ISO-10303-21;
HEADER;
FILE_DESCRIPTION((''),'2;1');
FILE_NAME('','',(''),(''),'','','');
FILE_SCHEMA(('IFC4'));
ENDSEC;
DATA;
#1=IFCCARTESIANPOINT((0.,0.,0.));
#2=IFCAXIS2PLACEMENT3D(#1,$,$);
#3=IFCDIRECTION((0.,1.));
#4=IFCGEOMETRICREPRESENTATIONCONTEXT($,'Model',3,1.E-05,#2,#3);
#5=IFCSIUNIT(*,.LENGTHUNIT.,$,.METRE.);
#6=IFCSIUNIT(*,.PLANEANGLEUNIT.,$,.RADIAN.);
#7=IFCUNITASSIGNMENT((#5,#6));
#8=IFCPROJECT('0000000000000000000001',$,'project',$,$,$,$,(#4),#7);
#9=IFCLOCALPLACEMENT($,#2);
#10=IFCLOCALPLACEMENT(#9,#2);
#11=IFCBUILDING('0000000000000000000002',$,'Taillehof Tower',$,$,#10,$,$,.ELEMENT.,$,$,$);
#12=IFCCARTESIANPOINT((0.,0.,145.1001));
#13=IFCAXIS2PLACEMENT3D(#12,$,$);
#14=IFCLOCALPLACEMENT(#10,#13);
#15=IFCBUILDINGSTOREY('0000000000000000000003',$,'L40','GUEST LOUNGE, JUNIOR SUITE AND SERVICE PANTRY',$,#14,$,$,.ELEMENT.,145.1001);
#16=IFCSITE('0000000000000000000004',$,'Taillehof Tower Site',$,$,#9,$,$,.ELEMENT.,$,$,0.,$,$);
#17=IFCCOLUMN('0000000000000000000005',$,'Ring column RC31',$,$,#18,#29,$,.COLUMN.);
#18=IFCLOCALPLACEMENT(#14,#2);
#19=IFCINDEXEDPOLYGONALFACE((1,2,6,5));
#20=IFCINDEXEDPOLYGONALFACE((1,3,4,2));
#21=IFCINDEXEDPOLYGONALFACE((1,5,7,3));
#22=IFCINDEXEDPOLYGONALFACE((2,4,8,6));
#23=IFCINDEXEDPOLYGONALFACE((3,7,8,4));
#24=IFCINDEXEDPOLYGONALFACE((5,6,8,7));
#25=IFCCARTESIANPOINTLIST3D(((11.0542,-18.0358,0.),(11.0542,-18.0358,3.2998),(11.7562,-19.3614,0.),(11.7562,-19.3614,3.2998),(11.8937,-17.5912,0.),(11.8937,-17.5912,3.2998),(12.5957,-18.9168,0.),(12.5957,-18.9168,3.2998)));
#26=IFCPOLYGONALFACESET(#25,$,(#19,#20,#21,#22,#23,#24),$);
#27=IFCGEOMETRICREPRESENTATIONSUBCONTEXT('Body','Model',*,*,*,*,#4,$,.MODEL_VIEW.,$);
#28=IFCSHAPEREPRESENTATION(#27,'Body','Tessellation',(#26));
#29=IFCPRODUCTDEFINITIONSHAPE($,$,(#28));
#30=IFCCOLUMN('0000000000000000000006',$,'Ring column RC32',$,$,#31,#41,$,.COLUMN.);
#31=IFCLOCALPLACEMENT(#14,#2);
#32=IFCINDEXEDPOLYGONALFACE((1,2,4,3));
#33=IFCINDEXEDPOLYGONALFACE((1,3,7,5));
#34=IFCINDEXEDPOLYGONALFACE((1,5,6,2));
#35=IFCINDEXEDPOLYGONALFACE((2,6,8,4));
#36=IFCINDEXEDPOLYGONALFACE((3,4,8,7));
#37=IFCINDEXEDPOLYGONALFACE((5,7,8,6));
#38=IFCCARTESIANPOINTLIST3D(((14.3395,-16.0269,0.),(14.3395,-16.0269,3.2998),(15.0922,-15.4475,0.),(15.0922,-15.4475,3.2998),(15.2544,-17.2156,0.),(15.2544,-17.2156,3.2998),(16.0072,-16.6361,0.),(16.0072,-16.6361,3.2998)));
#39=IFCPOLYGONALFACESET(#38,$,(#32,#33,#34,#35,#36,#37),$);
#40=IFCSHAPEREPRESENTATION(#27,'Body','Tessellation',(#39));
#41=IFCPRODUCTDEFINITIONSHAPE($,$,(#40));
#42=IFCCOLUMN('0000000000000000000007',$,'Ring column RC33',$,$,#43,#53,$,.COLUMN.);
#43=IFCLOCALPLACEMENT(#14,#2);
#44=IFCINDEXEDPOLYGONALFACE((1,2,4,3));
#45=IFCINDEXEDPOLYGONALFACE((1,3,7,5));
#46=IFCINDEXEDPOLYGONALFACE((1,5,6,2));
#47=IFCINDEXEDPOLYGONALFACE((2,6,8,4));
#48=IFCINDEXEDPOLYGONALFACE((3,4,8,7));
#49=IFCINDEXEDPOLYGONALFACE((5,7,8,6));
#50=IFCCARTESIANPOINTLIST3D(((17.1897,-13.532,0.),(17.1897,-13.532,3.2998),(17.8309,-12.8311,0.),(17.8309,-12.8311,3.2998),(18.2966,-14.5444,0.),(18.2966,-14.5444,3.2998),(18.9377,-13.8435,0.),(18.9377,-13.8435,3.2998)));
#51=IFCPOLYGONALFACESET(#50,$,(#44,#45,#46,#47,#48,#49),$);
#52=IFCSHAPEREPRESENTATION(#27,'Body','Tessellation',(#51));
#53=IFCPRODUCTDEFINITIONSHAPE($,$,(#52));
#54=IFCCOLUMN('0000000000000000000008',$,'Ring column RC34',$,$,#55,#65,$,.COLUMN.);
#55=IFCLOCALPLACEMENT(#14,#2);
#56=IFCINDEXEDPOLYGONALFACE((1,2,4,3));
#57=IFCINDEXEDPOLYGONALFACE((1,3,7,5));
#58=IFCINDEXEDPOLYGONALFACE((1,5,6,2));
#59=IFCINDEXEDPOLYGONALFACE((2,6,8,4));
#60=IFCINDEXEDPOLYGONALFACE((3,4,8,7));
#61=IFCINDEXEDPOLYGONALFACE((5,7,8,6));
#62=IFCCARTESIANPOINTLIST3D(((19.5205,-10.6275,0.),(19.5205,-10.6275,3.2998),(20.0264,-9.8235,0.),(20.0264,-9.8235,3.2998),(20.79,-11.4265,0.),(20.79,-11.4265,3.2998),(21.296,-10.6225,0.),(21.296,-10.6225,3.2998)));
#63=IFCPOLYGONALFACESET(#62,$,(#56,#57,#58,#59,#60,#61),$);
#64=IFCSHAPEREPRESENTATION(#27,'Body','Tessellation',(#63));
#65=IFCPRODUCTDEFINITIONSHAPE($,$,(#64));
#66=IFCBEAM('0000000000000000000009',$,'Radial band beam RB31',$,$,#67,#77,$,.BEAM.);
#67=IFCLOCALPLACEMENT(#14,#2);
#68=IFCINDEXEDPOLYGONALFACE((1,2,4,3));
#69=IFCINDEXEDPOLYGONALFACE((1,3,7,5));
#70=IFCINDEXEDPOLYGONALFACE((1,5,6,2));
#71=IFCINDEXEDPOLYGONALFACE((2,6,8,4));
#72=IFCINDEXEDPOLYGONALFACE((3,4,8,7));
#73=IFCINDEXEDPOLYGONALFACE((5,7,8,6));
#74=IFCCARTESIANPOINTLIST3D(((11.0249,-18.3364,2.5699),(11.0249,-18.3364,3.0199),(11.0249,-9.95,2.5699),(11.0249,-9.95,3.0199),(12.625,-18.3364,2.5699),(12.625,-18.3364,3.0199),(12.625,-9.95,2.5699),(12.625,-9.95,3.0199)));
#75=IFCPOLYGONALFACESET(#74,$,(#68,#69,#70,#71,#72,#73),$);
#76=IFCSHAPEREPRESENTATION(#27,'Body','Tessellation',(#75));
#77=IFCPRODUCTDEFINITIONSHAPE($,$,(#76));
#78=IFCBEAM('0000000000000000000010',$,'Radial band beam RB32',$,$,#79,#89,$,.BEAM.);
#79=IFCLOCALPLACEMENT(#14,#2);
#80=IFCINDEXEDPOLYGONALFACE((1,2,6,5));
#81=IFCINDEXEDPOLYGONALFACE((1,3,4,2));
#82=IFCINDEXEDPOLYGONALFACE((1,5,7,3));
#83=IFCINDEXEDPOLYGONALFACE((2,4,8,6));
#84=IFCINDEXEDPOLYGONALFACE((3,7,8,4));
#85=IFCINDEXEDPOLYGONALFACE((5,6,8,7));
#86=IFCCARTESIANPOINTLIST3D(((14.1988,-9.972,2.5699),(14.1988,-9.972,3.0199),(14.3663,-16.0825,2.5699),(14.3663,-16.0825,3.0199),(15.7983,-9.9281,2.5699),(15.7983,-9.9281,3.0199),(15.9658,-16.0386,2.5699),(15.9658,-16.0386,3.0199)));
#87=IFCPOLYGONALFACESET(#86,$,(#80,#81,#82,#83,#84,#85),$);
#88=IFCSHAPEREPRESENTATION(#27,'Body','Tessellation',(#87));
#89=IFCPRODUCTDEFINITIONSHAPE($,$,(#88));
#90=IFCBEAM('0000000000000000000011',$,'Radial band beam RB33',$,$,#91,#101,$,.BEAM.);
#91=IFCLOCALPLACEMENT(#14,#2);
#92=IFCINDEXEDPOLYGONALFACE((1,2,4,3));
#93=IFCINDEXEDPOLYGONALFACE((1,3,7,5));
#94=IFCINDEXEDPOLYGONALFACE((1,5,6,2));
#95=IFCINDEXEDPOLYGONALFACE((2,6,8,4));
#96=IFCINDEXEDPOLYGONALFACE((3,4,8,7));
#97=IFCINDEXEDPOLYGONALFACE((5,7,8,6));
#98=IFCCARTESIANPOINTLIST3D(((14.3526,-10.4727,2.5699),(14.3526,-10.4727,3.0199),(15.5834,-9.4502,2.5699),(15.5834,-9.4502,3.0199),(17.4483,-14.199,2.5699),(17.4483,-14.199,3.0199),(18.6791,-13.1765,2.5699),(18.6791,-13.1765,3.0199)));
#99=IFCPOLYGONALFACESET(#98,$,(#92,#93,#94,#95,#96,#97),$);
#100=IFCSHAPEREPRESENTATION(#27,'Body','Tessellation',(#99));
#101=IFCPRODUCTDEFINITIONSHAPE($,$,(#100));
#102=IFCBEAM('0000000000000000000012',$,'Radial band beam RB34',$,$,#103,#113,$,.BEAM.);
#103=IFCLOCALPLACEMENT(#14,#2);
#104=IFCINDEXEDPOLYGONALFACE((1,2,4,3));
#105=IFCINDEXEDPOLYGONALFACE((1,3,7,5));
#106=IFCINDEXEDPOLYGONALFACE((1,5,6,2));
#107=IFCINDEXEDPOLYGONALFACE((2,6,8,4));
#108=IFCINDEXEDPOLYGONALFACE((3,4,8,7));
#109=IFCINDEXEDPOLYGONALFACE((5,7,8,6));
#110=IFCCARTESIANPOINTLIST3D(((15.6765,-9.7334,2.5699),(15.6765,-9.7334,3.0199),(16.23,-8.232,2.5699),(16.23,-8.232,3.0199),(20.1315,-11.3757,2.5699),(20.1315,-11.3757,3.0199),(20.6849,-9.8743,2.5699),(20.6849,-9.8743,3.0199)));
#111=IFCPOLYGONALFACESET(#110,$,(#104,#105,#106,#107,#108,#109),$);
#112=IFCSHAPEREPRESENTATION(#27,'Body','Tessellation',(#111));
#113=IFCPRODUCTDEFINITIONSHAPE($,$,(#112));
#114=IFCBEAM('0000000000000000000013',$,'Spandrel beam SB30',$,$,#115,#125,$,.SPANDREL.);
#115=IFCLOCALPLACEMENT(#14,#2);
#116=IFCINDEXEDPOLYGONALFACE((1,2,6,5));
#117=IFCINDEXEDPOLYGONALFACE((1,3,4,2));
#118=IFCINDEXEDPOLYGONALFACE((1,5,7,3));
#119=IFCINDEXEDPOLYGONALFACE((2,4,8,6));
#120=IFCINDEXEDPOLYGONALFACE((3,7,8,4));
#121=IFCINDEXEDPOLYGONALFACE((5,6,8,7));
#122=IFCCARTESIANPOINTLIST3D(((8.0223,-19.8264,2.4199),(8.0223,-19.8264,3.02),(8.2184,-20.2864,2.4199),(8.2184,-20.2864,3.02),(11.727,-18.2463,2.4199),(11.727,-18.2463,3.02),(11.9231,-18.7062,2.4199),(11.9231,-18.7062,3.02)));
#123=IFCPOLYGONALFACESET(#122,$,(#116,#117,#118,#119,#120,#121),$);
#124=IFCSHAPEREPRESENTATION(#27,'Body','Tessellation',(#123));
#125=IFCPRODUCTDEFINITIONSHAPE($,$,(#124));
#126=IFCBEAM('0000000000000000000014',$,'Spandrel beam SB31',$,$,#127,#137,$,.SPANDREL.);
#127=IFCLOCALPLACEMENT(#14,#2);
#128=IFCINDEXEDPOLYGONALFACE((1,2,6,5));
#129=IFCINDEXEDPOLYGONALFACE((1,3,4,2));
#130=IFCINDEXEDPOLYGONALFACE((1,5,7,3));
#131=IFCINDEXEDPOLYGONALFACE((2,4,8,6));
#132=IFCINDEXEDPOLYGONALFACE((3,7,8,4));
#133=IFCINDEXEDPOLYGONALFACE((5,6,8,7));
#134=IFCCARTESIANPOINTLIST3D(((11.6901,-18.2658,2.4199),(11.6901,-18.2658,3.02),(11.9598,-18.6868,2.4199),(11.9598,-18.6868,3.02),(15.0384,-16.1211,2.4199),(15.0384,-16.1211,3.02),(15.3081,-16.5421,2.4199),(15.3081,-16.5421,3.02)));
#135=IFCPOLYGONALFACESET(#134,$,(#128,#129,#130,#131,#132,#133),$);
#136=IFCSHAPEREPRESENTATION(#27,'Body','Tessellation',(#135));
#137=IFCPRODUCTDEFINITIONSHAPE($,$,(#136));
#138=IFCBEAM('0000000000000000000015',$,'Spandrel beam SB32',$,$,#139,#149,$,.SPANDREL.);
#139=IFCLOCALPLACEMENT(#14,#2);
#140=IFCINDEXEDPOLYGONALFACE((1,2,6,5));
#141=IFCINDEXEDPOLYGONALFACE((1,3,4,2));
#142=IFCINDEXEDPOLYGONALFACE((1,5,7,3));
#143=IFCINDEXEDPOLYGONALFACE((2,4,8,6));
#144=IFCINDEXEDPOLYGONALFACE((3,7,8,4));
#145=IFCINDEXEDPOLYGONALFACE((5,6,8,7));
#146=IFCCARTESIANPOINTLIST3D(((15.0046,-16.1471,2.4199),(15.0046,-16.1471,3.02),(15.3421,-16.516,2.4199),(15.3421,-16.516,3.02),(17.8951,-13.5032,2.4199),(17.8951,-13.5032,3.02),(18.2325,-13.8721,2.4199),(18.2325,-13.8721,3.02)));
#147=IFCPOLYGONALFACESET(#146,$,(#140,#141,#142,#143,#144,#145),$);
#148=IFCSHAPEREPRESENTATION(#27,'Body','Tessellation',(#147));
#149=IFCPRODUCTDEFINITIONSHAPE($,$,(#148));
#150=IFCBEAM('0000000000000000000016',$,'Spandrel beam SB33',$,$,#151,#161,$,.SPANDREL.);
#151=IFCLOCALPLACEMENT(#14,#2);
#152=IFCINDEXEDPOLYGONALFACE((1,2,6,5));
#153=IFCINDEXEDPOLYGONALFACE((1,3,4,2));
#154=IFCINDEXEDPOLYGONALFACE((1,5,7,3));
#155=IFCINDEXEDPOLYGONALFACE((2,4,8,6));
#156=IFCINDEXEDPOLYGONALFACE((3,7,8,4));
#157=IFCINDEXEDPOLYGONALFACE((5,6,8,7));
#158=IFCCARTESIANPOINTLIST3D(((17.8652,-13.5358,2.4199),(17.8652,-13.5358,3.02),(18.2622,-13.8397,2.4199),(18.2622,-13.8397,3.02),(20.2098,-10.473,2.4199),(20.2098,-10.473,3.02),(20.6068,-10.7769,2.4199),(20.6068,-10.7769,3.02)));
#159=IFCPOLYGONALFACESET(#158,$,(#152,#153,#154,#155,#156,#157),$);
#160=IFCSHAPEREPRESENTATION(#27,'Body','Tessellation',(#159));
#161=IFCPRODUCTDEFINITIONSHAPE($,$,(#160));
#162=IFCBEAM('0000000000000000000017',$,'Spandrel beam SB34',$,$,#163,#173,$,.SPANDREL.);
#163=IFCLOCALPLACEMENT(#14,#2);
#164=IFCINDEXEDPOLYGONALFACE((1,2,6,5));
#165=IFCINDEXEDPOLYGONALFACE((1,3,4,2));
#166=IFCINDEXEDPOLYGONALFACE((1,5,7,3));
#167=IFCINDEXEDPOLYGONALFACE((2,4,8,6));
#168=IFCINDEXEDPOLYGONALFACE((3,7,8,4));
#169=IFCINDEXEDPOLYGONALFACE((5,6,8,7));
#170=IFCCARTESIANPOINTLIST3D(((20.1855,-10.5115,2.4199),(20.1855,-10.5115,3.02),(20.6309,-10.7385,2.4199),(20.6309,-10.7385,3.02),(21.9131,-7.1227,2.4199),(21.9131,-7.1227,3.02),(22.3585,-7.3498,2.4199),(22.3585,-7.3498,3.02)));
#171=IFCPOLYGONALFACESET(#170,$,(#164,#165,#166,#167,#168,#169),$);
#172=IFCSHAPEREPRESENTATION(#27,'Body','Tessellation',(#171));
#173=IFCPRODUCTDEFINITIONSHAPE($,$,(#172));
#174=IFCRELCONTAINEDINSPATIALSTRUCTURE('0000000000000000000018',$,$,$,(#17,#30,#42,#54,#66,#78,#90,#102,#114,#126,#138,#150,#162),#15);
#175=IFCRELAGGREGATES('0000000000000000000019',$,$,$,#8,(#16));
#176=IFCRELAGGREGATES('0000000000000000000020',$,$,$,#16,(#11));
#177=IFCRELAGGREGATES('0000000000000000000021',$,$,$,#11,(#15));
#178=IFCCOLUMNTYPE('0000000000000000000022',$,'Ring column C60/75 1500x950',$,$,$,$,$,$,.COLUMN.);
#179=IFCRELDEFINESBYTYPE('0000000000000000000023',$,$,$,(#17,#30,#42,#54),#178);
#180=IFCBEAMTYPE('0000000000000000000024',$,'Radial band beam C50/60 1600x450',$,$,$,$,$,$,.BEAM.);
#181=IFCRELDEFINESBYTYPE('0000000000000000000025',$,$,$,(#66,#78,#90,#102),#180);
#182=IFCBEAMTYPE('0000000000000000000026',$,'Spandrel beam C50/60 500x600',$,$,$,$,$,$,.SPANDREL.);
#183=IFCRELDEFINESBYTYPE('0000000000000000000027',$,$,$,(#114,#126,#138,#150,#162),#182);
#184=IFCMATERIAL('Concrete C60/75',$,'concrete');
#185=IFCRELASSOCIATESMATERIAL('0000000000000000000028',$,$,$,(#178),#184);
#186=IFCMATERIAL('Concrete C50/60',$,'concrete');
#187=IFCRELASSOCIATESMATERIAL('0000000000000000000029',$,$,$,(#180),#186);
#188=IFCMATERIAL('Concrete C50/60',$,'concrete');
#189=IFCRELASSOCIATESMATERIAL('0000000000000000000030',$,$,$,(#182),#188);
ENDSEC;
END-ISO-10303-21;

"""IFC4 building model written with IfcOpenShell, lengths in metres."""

from ifc_helpers import new_model, si_unit, direction, frame, origin, origin_2d, place, context, subcontext, project, spatial, rectangle, extrude, material, material_profile, profile_set, type_object, element, save


model = new_model("IFC4")

# Units and contexts
model_context = context("Model", 3, precision=1e-05, world=origin(), true_north=direction((0.0, 1.0)))
body_context = subcontext(model_context, "Body", "Model", "MODEL_VIEW")
ifc_project = project(units=[si_unit("LENGTHUNIT", "METRE"), si_unit("PLANEANGLEUNIT", "RADIAN")], contexts=[model_context])

# Site, building, storey
site_placement = place(None, origin())
site = spatial("IfcSite", under=ifc_project, at=site_placement, Name="Taillehof Tower Site", CompositionType="ELEMENT", RefElevation=0.0)
building_placement = place(site_placement, origin())
building = spatial("IfcBuilding", under=site, at=building_placement, Name="Taillehof Tower", CompositionType="ELEMENT")
storey_placement = place(building_placement, frame((0.0, 0.0, 145.1001)))
storey = spatial("IfcBuildingStorey", under=building, at=storey_placement, Name="L40", Description="GUEST LOUNGE, JUNIOR SUITE AND SERVICE PANTRY", CompositionType="ELEMENT", Elevation=145.1001)

# Columns
ifc_material_1 = material(Name="Concrete C60/75", Category="concrete")
ifc_material_profile_1 = material_profile(ifc_material_1, rectangle(XDim=1.5, YDim=0.95, at=origin_2d()), Name="RC 1500x950")
ifc_profile_set_1 = profile_set([ifc_material_profile_1], Name="Concrete C60/75")
column_type = type_object("IfcColumnType", Name="Ring column C60/75 1500x950", PredefinedType="COLUMN", material=ifc_profile_set_1)
for number, where, z_axis, x_axis, name in (
    (1, (11.825, -18.4763, 0.0), (0.0, 0.0, 1.0), (0.468042, -0.883706, 0.0), "Ring column RC31"),
    (2, (15.1733, -16.3315, 0.0), (0.0, 0.0, 1.0), (0.609971, -0.792424, 0.0), "Ring column RC32"),
    (3, (18.0637, -13.6877, 0.0), (0.0, 0.0, 1.0), (0.737879, -0.674933, 0.0), "Ring column RC33"),
    (4, (20.4082, -10.625, 0.0), (0.0, 0.0, 1.0), (0.846334, -0.532652, 0.0), "Ring column RC34"),
):
    element("IfcColumn", number, at=place(storey_placement, frame(where, z_axis=z_axis, x_axis=x_axis)), inside=storey, type_object=column_type, Name=name, PredefinedType="COLUMN", context=body_context, shape_type="SweptSolid", body=[
        extrude(rectangle(XDim=1.5, YDim=0.95, at=origin_2d()), origin(), (0.0, 0.0, 1.0), 3.2998),
    ])

# Beams
ifc_material_2 = material(Name="Concrete C50/60", Category="concrete")
ifc_material_profile_2 = material_profile(ifc_material_2, rectangle(XDim=1.6001, YDim=0.45, at=origin_2d()), Name="RC 1600x450")
ifc_profile_set_2 = profile_set([ifc_material_profile_2], Name="Concrete C50/60")
beam_type_1 = type_object("IfcBeamType", Name="Radial band beam C50/60 1600x450", PredefinedType="BEAM", material=ifc_profile_set_2)
beam_1_placement = place(storey_placement, frame((11.825, -18.3364, 2.7949), z_axis=(0.0, 1.0, 0.0), x_axis=(-1.0, 0.0, 0.0)))
element("IfcBeam", 5, at=beam_1_placement, inside=storey, type_object=beam_type_1, Name="Radial band beam RB31", PredefinedType="BEAM", context=body_context, shape_type="SweptSolid", body=[
    extrude(rectangle(XDim=1.6001, YDim=0.45, at=origin_2d()), origin(), (0.0, 0.0, 1.0), 8.3865),
])
beam_2_placement = place(storey_placement, frame((15.166, -16.0605, 2.7949), z_axis=(-0.027398, 0.999625, 0.0), x_axis=(-0.999625, -0.027398, 0.0)))
element("IfcBeam", 6, at=beam_2_placement, inside=storey, type_object=beam_type_1, Name="Radial band beam RB32", PredefinedType="BEAM", context=body_context, shape_type="SweptSolid", body=[
    extrude(rectangle(XDim=1.6001, YDim=0.45, at=origin_2d()), origin(), (0.0, 0.0, 1.0), 6.1128),
])
beam_3_placement = place(storey_placement, frame((18.0637, -13.6877, 2.7949), z_axis=(-0.639019, 0.769191, 0.0), x_axis=(-0.769191, -0.639019, 0.0)))
element("IfcBeam", 7, at=beam_3_placement, inside=storey, type_object=beam_type_1, Name="Radial band beam RB33", PredefinedType="BEAM", context=body_context, shape_type="SweptSolid", body=[
    extrude(rectangle(XDim=1.6001, YDim=0.45, at=origin_2d()), origin(), (0.0, 0.0, 1.0), 4.8445),
])
beam_4_placement = place(storey_placement, frame((20.4082, -10.625, 2.7949), z_axis=(-0.938276, 0.345889, 0.0), x_axis=(-0.345889, -0.938276, 0.0)))
element("IfcBeam", 8, at=beam_4_placement, inside=storey, type_object=beam_type_1, Name="Radial band beam RB34", PredefinedType="BEAM", context=body_context, shape_type="SweptSolid", body=[
    extrude(rectangle(XDim=1.6001, YDim=0.45, at=origin_2d()), origin(), (0.0, 0.0, 1.0), 4.748),
])
ifc_material_3 = material(Name="Concrete C50/60", Category="concrete")
ifc_material_profile_3 = material_profile(ifc_material_3, rectangle(XDim=0.5, YDim=0.6001, at=origin_2d()), Name="RC 500x600")
ifc_profile_set_3 = profile_set([ifc_material_profile_3], Name="Concrete C50/60")
beam_type_2 = type_object("IfcBeamType", Name="Spandrel beam C50/60 500x600", PredefinedType="SPANDREL", material=ifc_profile_set_3)
beam_5_placement = place(storey_placement, frame((8.1204, -20.0564, 2.72), z_axis=(0.919827, 0.392324, 0.0), x_axis=(-0.392324, 0.919827, 0.0)))
element("IfcBeam", 9, at=beam_5_placement, inside=storey, type_object=beam_type_2, Name="Spandrel beam SB30", PredefinedType="SPANDREL", context=body_context, shape_type="SweptSolid", body=[
    extrude(rectangle(XDim=0.5, YDim=0.6001, at=origin_2d()), origin(), (0.0, 0.0, 1.0), 4.0276),
])
beam_6_placement = place(storey_placement, frame((11.825, -18.4763, 2.72), z_axis=(0.842065, 0.539376, 0.0), x_axis=(-0.539376, 0.842065, 0.0)))
element("IfcBeam", 10, at=beam_6_placement, inside=storey, type_object=beam_type_2, Name="Spandrel beam SB31", PredefinedType="SPANDREL", context=body_context, shape_type="SweptSolid", body=[
    extrude(rectangle(XDim=0.5, YDim=0.6001, at=origin_2d()), origin(), (0.0, 0.0, 1.0), 3.9763),
])
beam_7_placement = place(storey_placement, frame((15.1733, -16.3315, 2.72), z_axis=(0.737881, 0.674931, 0.0), x_axis=(-0.674931, 0.737881, 0.0)))
element("IfcBeam", 11, at=beam_7_placement, inside=storey, type_object=beam_type_2, Name="Spandrel beam SB32", PredefinedType="SPANDREL", context=body_context, shape_type="SweptSolid", body=[
    extrude(rectangle(XDim=0.5, YDim=0.6001, at=origin_2d()), origin(), (0.0, 0.0, 1.0), 3.9172),
])
beam_8_placement = place(storey_placement, frame((18.0637, -13.6877, 2.72), z_axis=(0.60784, 0.794059, 0.0), x_axis=(-0.794059, 0.60784, 0.0)))
element("IfcBeam", 12, at=beam_8_placement, inside=storey, type_object=beam_type_2, Name="Spandrel beam SB33", PredefinedType="SPANDREL", context=body_context, shape_type="SweptSolid", body=[
    extrude(rectangle(XDim=0.5, YDim=0.6001, at=origin_2d()), origin(), (0.0, 0.0, 1.0), 3.8572),
])
beam_9_placement = place(storey_placement, frame((20.4082, -10.625, 2.72), z_axis=(0.454183, 0.890908, 0.0), x_axis=(-0.890908, 0.454183, 0.0)))
element("IfcBeam", 13, at=beam_9_placement, inside=storey, type_object=beam_type_2, Name="Spandrel beam SB34", PredefinedType="SPANDREL", context=body_context, shape_type="SweptSolid", body=[
    extrude(rectangle(XDim=0.5, YDim=0.6001, at=origin_2d()), origin(), (0.0, 0.0, 1.0), 3.8037),
])

save(model, "model.ifc")
